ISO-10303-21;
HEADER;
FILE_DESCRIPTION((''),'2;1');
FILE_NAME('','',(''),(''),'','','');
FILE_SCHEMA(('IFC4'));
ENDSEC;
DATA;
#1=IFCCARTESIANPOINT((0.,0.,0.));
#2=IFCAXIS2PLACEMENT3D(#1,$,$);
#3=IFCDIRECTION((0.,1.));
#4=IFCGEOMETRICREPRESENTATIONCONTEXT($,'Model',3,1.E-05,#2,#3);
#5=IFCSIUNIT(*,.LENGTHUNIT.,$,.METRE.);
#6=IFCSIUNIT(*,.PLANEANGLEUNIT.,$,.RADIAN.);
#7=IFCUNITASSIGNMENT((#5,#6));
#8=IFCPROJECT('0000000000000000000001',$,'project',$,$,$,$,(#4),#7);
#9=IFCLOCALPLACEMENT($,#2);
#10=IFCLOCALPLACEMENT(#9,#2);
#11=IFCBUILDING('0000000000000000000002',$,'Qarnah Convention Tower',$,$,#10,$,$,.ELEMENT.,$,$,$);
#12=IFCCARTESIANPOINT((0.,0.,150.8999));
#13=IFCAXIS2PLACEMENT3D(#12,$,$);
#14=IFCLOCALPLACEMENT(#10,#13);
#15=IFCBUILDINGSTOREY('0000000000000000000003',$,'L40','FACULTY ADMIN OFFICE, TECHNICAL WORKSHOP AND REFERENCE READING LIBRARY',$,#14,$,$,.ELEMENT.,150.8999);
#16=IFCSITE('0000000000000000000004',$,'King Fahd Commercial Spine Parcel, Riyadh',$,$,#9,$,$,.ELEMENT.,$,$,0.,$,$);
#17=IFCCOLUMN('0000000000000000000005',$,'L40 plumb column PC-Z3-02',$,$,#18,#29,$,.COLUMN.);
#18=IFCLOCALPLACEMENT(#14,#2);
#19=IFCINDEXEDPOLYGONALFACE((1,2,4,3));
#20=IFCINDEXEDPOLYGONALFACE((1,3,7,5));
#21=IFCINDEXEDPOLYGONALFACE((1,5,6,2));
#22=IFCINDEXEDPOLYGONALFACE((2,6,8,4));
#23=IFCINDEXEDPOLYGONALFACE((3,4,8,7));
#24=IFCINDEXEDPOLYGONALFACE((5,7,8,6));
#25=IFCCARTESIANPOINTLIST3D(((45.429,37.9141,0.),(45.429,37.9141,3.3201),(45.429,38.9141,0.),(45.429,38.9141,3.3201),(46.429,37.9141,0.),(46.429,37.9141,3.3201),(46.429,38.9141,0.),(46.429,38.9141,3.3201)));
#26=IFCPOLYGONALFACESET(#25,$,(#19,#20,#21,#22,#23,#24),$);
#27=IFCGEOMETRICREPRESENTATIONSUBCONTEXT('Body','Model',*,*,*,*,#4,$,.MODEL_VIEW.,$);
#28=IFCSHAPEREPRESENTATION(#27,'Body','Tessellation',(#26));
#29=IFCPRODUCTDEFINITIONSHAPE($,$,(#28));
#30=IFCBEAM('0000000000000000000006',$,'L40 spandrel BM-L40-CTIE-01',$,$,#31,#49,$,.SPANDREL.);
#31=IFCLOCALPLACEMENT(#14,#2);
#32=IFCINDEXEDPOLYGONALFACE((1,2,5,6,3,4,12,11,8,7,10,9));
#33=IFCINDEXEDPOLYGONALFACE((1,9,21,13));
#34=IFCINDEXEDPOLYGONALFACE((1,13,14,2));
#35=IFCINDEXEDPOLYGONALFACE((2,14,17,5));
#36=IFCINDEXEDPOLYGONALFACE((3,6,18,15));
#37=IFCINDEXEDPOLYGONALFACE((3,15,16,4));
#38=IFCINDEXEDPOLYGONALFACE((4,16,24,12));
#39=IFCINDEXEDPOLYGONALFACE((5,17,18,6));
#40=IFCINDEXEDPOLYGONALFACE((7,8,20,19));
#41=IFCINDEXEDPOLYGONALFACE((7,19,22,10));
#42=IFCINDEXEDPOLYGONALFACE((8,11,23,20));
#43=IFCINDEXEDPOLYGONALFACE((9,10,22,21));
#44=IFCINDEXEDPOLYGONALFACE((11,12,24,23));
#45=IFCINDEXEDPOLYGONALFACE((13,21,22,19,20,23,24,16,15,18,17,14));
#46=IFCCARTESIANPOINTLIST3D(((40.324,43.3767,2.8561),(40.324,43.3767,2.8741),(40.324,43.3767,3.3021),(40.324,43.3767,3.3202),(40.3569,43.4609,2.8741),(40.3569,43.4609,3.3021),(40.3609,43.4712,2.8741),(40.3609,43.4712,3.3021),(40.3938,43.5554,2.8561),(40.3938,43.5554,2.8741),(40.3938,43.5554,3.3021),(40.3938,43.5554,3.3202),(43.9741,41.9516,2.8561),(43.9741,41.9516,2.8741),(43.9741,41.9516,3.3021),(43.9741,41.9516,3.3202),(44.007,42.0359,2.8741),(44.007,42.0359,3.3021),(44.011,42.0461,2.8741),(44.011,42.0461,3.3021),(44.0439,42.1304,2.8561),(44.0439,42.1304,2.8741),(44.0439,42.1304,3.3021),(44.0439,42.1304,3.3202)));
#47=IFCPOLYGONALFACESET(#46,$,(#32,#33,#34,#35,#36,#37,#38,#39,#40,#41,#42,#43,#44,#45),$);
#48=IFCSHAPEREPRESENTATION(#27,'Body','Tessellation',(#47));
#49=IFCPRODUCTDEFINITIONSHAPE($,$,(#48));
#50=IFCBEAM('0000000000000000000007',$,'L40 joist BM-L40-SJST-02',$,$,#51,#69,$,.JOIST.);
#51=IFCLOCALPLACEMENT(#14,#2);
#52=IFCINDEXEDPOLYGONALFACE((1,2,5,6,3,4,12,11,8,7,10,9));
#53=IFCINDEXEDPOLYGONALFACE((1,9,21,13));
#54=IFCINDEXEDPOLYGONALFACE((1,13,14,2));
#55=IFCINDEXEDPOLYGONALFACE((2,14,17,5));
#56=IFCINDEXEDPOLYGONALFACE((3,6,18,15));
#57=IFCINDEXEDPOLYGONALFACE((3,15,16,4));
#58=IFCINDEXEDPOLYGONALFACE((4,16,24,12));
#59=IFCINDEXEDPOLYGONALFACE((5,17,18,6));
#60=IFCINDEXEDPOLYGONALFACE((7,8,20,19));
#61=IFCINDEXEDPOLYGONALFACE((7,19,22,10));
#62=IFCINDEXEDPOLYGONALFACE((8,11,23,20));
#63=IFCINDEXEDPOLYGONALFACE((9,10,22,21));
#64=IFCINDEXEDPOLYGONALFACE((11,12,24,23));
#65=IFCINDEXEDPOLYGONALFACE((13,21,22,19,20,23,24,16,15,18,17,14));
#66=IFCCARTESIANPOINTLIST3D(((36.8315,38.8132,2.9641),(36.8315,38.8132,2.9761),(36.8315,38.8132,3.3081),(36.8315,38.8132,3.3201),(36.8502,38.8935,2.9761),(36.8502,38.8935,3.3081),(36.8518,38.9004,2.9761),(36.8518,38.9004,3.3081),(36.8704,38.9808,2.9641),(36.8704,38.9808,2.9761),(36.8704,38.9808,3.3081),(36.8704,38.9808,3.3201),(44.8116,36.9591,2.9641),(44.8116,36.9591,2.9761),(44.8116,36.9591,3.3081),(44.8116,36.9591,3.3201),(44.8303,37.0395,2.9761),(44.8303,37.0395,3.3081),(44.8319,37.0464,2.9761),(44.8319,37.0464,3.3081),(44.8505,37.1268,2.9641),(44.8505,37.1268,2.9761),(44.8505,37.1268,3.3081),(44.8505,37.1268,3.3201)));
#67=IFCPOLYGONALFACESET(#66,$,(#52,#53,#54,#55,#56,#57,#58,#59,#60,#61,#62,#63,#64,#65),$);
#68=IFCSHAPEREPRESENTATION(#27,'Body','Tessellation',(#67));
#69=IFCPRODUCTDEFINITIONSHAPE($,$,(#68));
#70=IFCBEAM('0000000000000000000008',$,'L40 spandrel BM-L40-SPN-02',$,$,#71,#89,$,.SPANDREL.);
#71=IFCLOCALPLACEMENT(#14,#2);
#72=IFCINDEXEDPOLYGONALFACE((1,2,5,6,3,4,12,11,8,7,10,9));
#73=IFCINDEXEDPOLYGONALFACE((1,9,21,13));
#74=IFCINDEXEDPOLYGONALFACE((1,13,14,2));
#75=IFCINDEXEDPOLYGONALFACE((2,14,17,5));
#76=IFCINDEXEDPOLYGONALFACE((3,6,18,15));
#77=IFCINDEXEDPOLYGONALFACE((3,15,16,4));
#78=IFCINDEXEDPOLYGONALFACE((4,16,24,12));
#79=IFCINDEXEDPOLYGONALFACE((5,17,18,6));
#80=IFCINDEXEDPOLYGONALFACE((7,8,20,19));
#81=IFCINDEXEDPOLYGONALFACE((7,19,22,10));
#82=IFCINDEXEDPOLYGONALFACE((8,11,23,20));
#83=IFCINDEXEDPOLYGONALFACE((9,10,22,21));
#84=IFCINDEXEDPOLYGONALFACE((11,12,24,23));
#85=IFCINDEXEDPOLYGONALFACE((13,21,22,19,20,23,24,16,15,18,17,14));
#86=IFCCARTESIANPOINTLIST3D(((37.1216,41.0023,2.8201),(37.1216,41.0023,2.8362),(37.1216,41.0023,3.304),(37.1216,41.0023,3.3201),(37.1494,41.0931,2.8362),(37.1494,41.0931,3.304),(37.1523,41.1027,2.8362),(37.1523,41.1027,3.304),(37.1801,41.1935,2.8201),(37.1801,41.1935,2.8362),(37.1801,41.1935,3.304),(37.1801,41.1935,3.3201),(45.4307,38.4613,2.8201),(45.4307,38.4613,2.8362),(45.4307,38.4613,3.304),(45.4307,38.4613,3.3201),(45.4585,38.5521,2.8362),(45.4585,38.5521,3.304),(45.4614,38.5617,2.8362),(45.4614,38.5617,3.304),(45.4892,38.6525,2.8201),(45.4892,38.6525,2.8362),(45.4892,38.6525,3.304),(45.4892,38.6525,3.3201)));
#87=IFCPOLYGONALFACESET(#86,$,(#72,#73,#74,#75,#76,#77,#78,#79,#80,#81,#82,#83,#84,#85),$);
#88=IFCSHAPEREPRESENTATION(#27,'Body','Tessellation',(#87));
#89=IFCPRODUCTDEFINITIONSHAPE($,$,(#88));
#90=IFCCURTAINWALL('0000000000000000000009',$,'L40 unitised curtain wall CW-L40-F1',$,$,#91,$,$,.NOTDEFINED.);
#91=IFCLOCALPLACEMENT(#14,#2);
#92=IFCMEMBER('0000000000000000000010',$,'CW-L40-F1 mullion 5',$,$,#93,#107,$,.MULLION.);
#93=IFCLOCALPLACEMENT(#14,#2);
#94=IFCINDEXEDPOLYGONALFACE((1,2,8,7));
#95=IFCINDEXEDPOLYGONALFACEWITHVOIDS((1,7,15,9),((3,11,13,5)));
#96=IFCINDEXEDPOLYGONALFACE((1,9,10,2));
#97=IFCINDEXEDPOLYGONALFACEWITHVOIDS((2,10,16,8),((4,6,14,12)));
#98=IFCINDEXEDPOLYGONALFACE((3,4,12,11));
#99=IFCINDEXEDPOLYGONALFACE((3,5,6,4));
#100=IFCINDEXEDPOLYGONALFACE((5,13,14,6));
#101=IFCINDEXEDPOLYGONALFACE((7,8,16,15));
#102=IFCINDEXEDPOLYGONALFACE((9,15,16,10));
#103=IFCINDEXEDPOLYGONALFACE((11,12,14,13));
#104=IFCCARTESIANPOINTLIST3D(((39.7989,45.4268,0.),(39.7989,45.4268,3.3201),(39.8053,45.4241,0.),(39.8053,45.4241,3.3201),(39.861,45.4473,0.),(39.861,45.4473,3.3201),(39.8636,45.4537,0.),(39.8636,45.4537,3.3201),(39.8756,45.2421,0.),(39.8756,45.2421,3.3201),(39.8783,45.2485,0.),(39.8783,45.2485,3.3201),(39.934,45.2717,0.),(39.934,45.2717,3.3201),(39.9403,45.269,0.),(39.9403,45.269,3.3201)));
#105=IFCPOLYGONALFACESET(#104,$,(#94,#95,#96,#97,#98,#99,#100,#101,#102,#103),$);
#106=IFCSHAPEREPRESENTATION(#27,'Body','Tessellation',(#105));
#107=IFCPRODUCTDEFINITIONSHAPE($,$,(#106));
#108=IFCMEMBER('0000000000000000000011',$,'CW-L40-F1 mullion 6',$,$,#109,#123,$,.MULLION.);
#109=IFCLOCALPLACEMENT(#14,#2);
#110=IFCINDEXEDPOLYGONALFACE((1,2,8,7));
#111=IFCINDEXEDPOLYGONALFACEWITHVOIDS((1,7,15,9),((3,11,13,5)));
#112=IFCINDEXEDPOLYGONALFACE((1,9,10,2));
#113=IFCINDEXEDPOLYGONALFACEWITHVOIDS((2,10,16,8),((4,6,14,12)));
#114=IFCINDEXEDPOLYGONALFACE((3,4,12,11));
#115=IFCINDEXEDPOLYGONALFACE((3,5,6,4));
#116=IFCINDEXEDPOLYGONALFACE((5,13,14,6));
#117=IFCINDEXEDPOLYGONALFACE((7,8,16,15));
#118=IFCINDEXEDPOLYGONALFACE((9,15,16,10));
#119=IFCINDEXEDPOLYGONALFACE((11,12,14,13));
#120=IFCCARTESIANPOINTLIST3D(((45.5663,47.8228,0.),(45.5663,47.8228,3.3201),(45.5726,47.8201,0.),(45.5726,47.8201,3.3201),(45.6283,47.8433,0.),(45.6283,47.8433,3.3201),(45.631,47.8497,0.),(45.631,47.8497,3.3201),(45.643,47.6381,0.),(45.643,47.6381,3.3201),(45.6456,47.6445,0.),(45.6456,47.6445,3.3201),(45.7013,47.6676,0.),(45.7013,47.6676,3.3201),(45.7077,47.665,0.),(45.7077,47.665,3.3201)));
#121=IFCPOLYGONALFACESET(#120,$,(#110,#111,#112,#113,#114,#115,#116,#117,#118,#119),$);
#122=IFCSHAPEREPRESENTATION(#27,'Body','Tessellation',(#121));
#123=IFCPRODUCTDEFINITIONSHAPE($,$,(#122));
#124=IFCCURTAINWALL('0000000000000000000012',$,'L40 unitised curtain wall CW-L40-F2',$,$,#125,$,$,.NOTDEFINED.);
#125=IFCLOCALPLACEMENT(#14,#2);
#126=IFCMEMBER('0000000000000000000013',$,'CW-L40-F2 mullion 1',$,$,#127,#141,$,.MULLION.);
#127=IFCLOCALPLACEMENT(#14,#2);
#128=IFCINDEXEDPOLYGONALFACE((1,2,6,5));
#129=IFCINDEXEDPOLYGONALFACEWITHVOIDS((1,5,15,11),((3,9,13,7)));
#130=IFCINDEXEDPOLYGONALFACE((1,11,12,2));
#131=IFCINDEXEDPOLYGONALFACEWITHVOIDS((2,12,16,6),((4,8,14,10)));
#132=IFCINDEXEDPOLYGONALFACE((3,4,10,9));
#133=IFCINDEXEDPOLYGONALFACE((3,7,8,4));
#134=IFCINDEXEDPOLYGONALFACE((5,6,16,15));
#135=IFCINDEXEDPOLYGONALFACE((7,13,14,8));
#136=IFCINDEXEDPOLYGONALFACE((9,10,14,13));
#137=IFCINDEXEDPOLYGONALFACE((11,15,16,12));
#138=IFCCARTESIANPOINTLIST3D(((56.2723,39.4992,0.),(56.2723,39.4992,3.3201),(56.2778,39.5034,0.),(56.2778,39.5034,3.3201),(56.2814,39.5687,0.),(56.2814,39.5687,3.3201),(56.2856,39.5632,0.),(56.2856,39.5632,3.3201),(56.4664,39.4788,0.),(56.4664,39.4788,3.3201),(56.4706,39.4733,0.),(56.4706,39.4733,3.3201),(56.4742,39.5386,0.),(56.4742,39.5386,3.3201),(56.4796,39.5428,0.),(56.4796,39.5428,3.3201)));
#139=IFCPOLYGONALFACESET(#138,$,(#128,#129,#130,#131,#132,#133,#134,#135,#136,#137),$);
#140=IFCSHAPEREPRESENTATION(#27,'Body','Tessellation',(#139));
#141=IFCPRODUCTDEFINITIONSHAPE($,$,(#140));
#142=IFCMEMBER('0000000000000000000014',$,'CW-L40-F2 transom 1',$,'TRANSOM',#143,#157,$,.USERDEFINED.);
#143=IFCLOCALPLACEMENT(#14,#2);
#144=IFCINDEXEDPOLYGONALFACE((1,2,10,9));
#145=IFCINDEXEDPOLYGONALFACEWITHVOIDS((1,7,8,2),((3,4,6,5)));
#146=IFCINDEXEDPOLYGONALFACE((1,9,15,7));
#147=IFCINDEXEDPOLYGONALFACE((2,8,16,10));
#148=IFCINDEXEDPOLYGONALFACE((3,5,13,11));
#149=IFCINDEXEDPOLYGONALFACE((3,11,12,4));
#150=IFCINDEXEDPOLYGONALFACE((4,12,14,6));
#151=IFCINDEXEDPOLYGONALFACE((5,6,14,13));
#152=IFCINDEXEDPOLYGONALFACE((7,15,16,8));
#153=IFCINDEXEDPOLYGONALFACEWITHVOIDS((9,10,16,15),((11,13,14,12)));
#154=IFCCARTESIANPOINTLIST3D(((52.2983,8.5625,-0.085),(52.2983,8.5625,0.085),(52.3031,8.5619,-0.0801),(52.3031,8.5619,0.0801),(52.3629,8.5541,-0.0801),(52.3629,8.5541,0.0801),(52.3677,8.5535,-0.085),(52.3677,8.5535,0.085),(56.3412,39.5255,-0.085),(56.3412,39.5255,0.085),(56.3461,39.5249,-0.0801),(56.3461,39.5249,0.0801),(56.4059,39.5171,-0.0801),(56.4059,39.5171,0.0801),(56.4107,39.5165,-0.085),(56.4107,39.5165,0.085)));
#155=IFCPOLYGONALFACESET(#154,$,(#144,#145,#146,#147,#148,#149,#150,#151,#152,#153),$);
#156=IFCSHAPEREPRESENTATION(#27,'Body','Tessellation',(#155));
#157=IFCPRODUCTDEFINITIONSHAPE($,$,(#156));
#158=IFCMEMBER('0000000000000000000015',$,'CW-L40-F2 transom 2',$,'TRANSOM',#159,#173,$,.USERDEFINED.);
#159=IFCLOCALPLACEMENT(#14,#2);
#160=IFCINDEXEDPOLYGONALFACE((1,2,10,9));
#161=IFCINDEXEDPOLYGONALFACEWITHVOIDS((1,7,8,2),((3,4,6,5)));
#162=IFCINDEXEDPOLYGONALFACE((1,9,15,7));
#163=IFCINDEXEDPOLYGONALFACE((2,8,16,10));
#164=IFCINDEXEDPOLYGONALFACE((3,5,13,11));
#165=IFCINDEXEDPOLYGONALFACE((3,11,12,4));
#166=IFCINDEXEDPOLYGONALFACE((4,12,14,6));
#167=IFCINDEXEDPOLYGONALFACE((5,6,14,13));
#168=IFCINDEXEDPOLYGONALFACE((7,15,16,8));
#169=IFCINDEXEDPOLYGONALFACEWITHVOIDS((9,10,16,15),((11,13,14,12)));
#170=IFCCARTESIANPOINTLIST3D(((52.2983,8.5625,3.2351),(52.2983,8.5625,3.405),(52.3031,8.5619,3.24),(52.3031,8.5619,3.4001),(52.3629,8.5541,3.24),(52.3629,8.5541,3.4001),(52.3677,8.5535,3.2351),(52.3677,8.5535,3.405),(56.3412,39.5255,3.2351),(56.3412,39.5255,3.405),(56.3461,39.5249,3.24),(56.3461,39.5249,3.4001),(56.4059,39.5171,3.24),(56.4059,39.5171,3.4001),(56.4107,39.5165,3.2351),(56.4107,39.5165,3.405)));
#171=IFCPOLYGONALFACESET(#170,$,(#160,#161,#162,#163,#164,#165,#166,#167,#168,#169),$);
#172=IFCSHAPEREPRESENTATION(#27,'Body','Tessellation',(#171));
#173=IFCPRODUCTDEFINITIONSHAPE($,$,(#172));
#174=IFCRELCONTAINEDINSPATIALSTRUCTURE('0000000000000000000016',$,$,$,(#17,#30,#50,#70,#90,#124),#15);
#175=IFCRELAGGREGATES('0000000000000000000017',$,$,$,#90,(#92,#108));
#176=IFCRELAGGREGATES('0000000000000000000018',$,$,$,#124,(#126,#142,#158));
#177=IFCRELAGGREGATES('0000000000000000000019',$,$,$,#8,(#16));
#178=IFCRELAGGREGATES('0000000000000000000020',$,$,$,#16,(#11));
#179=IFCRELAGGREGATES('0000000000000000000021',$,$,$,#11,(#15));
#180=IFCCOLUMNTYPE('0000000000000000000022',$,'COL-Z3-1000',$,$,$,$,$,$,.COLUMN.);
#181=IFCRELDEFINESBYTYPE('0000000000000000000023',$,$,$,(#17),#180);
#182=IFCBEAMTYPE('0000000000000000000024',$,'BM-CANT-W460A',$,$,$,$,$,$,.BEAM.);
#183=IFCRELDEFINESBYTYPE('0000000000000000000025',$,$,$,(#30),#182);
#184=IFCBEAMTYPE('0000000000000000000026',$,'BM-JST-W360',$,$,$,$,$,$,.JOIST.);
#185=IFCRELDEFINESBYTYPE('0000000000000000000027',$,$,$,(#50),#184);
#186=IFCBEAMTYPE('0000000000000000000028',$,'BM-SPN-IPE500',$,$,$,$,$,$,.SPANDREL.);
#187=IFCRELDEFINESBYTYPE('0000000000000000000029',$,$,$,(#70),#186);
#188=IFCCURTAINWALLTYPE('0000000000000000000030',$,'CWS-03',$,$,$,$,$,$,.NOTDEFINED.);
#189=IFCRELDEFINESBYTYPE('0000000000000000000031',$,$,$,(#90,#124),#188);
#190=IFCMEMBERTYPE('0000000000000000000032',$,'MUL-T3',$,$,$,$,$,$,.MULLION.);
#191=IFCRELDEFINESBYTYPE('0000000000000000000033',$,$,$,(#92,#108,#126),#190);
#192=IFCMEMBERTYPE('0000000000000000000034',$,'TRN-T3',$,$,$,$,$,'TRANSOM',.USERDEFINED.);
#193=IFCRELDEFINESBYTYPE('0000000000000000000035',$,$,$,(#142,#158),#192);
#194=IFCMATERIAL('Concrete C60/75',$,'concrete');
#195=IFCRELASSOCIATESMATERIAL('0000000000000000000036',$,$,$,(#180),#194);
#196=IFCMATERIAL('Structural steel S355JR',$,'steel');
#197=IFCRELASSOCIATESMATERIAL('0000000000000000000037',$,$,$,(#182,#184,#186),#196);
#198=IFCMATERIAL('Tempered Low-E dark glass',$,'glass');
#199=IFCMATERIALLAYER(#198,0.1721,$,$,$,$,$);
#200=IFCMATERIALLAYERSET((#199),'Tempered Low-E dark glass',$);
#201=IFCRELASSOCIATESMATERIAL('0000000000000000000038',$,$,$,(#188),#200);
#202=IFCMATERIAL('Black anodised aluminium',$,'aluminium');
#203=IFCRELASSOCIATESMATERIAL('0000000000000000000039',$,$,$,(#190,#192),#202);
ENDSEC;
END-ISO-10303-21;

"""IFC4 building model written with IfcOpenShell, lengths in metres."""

from ifc_helpers import new_model, si_unit, direction, frame, origin, origin_2d, place, context, subcontext, project, spatial, rectangle, hollow_rectangle, i_section, extrude, material, layer, layer_set, material_profile, profile_set, type_object, element, aggregate, save


model = new_model("IFC4")

# Units and contexts
model_context = context("Model", 3, precision=1e-05, world=origin(), true_north=direction((0.0, 1.0)))
body_context = subcontext(model_context, "Body", "Model", "MODEL_VIEW")
ifc_project = project(units=[si_unit("LENGTHUNIT", "METRE"), si_unit("PLANEANGLEUNIT", "RADIAN")], contexts=[model_context])

# Site, building, storey
site_placement = place(None, origin())
site = spatial("IfcSite", under=ifc_project, at=site_placement, Name="King Fahd Commercial Spine Parcel, Riyadh", CompositionType="ELEMENT", RefElevation=0.0)
building_placement = place(site_placement, origin())
building = spatial("IfcBuilding", under=site, at=building_placement, Name="Qarnah Convention Tower", CompositionType="ELEMENT")
storey_placement = place(building_placement, frame((0.0, 0.0, 150.8999)))
storey = spatial("IfcBuildingStorey", under=building, at=storey_placement, Name="L40", Description="FACULTY ADMIN OFFICE, TECHNICAL WORKSHOP AND REFERENCE READING LIBRARY", CompositionType="ELEMENT", Elevation=150.8999)

# Column
ifc_material_1 = material(Name="Concrete C60/75", Category="concrete")
ifc_material_profile_1 = material_profile(ifc_material_1, rectangle(XDim=1.0, YDim=1.0, at=origin_2d()), Name="RC-COL-1000X1000")
ifc_profile_set_1 = profile_set([ifc_material_profile_1], Name="Concrete C60/75")
column_type = type_object("IfcColumnType", Name="COL-Z3-1000", PredefinedType="COLUMN", material=ifc_profile_set_1)
column_placement = place(storey_placement, frame((45.929, 38.4141, 0.0), z_axis=(0.0, 0.0, 1.0), x_axis=(1.0, 0.0, 0.0)))
element("IfcColumn", 1, at=column_placement, inside=storey, type_object=column_type, Name="L40 plumb column PC-Z3-02", PredefinedType="COLUMN", context=body_context, shape_type="SweptSolid", body=[
    extrude(rectangle(XDim=1.0, YDim=1.0, at=origin_2d()), origin(), (0.0, 0.0, 1.0), 3.3201),
])

# Beams
ifc_material_2 = material(Name="Structural steel S355JR", Category="steel")
ifc_material_profile_2 = material_profile(ifc_material_2, i_section(OverallWidth=0.1919, OverallDepth=0.4641, WebThickness=0.011, FlangeThickness=0.0181, at=origin_2d()), Name="W460X89")
ifc_profile_set_2 = profile_set([ifc_material_profile_2], Name="Structural steel S355JR")
beam_type_1 = type_object("IfcBeamType", Name="BM-CANT-W460A", PredefinedType="BEAM", material=ifc_profile_set_2)
beam_1_placement = place(storey_placement, frame((44.009, 42.041, 3.0881), z_axis=(-0.931526, 0.363676, 0.0), x_axis=(-0.363676, -0.931526, 0.0)))
element("IfcBeam", 2, at=beam_1_placement, inside=storey, type_object=beam_type_1, Name="L40 spandrel BM-L40-CTIE-01", PredefinedType="SPANDREL", context=body_context, shape_type="SweptSolid", body=[
    extrude(i_section(OverallWidth=0.1919, OverallDepth=0.4641, WebThickness=0.011, FlangeThickness=0.0181, at=origin_2d()), origin(), (0.0, 0.0, 1.0), 3.9185),
])
ifc_material_profile_3 = material_profile(ifc_material_2, i_section(OverallWidth=0.1721, OverallDepth=0.356, WebThickness=0.0071, FlangeThickness=0.012, at=origin_2d()), Name="W360X51")
ifc_profile_set_3 = profile_set([ifc_material_profile_3], Name="Structural steel S355JR")
beam_type_2 = type_object("IfcBeamType", Name="BM-JST-W360", PredefinedType="JOIST", material=ifc_profile_set_3)
beam_2_placement = place(storey_placement, frame((44.8311, 37.043, 3.1421), z_axis=(-0.974057, 0.226304, 0.0), x_axis=(-0.226304, -0.974057, 0.0)))
element("IfcBeam", 3, at=beam_2_placement, inside=storey, type_object=beam_type_2, Name="L40 joist BM-L40-SJST-02", PredefinedType="JOIST", context=body_context, shape_type="SweptSolid", body=[
    extrude(i_section(OverallWidth=0.1721, OverallDepth=0.356, WebThickness=0.0071, FlangeThickness=0.012, at=origin_2d()), origin(), (0.0, 0.0, 1.0), 8.1926),
])
ifc_material_profile_4 = material_profile(ifc_material_2, i_section(OverallWidth=0.2, OverallDepth=0.5, WebThickness=0.01, FlangeThickness=0.0161, at=origin_2d()), Name="IPE500")
ifc_profile_set_4 = profile_set([ifc_material_profile_4], Name="Structural steel S355JR")
beam_type_3 = type_object("IfcBeamType", Name="BM-SPN-IPE500", PredefinedType="SPANDREL", material=ifc_profile_set_4)
beam_3_placement = place(storey_placement, frame((45.46, 38.5569, 3.0701), z_axis=(-0.956283, 0.292443, 0.0), x_axis=(-0.292443, -0.956283, 0.0)))
element("IfcBeam", 4, at=beam_3_placement, inside=storey, type_object=beam_type_3, Name="L40 spandrel BM-L40-SPN-02", PredefinedType="SPANDREL", context=body_context, shape_type="SweptSolid", body=[
    extrude(i_section(OverallWidth=0.2, OverallDepth=0.5, WebThickness=0.01, FlangeThickness=0.0161, at=origin_2d()), origin(), (0.0, 0.0, 1.0), 8.689),
])

# Curtain walls, members
ifc_material_3 = material(Name="Tempered Low-E dark glass", Category="glass")
ifc_layer_1 = layer(ifc_material_3, 0.1721)
ifc_layer_set_1 = layer_set([ifc_layer_1], Name="Tempered Low-E dark glass")
curtain_wall_type = type_object("IfcCurtainWallType", Name="CWS-03", PredefinedType="NOTDEFINED", material=ifc_layer_set_1)
curtain_wall_1_placement = place(storey_placement, origin())
curtain_wall_1 = element("IfcCurtainWall", 5, at=curtain_wall_1_placement, inside=storey, type_object=curtain_wall_type, Name="L40 unitised curtain wall CW-L40-F1", PredefinedType="NOTDEFINED")
ifc_material_4 = material(Name="Black anodised aluminium", Category="aluminium")
ifc_material_profile_5 = material_profile(ifc_material_4, hollow_rectangle(XDim=0.0701, YDim=0.2, WallThickness=0.0049, at=origin_2d()), Name="MUL-70X200")
ifc_profile_set_5 = profile_set([ifc_material_profile_5], Name="Black anodised aluminium")
member_type_1 = type_object("IfcMemberType", Name="MUL-T3", PredefinedType="MULLION", material=ifc_profile_set_5)
member_1_placement = place(storey_placement, frame((39.8696, 45.3479, 0.0), z_axis=(0.0, 0.0, 1.0), x_axis=(0.923479, 0.383649, 0.0)))
member_1 = element("IfcMember", 6, at=member_1_placement, type_object=member_type_1, Name="CW-L40-F1 mullion 5", PredefinedType="MULLION", context=body_context, shape_type="SweptSolid", body=[
    extrude(hollow_rectangle(XDim=0.0701, YDim=0.2, WallThickness=0.0049, at=origin_2d()), origin(), (0.0, 0.0, 1.0), 3.3201),
])
member_2_placement = place(storey_placement, frame((45.637, 47.7439, 0.0), z_axis=(0.0, 0.0, 1.0), x_axis=(0.923479, 0.383649, 0.0)))
member_2 = element("IfcMember", 7, at=member_2_placement, type_object=member_type_1, Name="CW-L40-F1 mullion 6", PredefinedType="MULLION", context=body_context, shape_type="SweptSolid", body=[
    extrude(hollow_rectangle(XDim=0.0701, YDim=0.2, WallThickness=0.0049, at=origin_2d()), origin(), (0.0, 0.0, 1.0), 3.3201),
])
curtain_wall_2_placement = place(storey_placement, origin())
curtain_wall_2 = element("IfcCurtainWall", 8, at=curtain_wall_2_placement, inside=storey, type_object=curtain_wall_type, Name="L40 unitised curtain wall CW-L40-F2", PredefinedType="NOTDEFINED")
member_3_placement = place(storey_placement, frame((56.376, 39.521, 0.0), z_axis=(0.0, 0.0, 1.0), x_axis=(-0.129476, -0.991583, 0.0)))
member_3 = element("IfcMember", 9, at=member_3_placement, type_object=member_type_1, Name="CW-L40-F2 mullion 1", PredefinedType="MULLION", context=body_context, shape_type="SweptSolid", body=[
    extrude(hollow_rectangle(XDim=0.0701, YDim=0.2, WallThickness=0.0049, at=origin_2d()), origin(), (0.0, 0.0, 1.0), 3.3201),
])
ifc_material_profile_6 = material_profile(ifc_material_4, hollow_rectangle(XDim=0.0701, YDim=0.1699, WallThickness=0.0049, at=origin_2d()), Name="TRN-70X170")
ifc_profile_set_6 = profile_set([ifc_material_profile_6], Name="Black anodised aluminium")
member_type_2 = type_object("IfcMemberType", Name="TRN-T3", ElementType="TRANSOM", PredefinedType="USERDEFINED", material=ifc_profile_set_6)
member_4_placement = place(storey_placement, frame((56.376, 39.521, 0.0), z_axis=(-0.129476, -0.991583, 0.0), x_axis=(0.991583, -0.129476, 0.0)))
member_4 = element("IfcMember", 10, at=member_4_placement, type_object=member_type_2, Name="CW-L40-F2 transom 1", ObjectType="TRANSOM", PredefinedType="USERDEFINED", context=body_context, shape_type="SweptSolid", body=[
    extrude(hollow_rectangle(XDim=0.0701, YDim=0.1699, WallThickness=0.0049, at=origin_2d()), origin(), (0.0, 0.0, 1.0), 31.2258),
])
member_5_placement = place(storey_placement, frame((56.376, 39.521, 3.3201), z_axis=(-0.129476, -0.991583, 0.0), x_axis=(0.991583, -0.129476, 0.0)))
member_5 = element("IfcMember", 11, at=member_5_placement, type_object=member_type_2, Name="CW-L40-F2 transom 2", ObjectType="TRANSOM", PredefinedType="USERDEFINED", context=body_context, shape_type="SweptSolid", body=[
    extrude(hollow_rectangle(XDim=0.0701, YDim=0.1699, WallThickness=0.0049, at=origin_2d()), origin(), (0.0, 0.0, 1.0), 31.2258),
])

aggregate(curtain_wall_1, [member_1, member_2])
aggregate(curtain_wall_2, [member_3, member_4, member_5])

save(model, "model.ifc")
